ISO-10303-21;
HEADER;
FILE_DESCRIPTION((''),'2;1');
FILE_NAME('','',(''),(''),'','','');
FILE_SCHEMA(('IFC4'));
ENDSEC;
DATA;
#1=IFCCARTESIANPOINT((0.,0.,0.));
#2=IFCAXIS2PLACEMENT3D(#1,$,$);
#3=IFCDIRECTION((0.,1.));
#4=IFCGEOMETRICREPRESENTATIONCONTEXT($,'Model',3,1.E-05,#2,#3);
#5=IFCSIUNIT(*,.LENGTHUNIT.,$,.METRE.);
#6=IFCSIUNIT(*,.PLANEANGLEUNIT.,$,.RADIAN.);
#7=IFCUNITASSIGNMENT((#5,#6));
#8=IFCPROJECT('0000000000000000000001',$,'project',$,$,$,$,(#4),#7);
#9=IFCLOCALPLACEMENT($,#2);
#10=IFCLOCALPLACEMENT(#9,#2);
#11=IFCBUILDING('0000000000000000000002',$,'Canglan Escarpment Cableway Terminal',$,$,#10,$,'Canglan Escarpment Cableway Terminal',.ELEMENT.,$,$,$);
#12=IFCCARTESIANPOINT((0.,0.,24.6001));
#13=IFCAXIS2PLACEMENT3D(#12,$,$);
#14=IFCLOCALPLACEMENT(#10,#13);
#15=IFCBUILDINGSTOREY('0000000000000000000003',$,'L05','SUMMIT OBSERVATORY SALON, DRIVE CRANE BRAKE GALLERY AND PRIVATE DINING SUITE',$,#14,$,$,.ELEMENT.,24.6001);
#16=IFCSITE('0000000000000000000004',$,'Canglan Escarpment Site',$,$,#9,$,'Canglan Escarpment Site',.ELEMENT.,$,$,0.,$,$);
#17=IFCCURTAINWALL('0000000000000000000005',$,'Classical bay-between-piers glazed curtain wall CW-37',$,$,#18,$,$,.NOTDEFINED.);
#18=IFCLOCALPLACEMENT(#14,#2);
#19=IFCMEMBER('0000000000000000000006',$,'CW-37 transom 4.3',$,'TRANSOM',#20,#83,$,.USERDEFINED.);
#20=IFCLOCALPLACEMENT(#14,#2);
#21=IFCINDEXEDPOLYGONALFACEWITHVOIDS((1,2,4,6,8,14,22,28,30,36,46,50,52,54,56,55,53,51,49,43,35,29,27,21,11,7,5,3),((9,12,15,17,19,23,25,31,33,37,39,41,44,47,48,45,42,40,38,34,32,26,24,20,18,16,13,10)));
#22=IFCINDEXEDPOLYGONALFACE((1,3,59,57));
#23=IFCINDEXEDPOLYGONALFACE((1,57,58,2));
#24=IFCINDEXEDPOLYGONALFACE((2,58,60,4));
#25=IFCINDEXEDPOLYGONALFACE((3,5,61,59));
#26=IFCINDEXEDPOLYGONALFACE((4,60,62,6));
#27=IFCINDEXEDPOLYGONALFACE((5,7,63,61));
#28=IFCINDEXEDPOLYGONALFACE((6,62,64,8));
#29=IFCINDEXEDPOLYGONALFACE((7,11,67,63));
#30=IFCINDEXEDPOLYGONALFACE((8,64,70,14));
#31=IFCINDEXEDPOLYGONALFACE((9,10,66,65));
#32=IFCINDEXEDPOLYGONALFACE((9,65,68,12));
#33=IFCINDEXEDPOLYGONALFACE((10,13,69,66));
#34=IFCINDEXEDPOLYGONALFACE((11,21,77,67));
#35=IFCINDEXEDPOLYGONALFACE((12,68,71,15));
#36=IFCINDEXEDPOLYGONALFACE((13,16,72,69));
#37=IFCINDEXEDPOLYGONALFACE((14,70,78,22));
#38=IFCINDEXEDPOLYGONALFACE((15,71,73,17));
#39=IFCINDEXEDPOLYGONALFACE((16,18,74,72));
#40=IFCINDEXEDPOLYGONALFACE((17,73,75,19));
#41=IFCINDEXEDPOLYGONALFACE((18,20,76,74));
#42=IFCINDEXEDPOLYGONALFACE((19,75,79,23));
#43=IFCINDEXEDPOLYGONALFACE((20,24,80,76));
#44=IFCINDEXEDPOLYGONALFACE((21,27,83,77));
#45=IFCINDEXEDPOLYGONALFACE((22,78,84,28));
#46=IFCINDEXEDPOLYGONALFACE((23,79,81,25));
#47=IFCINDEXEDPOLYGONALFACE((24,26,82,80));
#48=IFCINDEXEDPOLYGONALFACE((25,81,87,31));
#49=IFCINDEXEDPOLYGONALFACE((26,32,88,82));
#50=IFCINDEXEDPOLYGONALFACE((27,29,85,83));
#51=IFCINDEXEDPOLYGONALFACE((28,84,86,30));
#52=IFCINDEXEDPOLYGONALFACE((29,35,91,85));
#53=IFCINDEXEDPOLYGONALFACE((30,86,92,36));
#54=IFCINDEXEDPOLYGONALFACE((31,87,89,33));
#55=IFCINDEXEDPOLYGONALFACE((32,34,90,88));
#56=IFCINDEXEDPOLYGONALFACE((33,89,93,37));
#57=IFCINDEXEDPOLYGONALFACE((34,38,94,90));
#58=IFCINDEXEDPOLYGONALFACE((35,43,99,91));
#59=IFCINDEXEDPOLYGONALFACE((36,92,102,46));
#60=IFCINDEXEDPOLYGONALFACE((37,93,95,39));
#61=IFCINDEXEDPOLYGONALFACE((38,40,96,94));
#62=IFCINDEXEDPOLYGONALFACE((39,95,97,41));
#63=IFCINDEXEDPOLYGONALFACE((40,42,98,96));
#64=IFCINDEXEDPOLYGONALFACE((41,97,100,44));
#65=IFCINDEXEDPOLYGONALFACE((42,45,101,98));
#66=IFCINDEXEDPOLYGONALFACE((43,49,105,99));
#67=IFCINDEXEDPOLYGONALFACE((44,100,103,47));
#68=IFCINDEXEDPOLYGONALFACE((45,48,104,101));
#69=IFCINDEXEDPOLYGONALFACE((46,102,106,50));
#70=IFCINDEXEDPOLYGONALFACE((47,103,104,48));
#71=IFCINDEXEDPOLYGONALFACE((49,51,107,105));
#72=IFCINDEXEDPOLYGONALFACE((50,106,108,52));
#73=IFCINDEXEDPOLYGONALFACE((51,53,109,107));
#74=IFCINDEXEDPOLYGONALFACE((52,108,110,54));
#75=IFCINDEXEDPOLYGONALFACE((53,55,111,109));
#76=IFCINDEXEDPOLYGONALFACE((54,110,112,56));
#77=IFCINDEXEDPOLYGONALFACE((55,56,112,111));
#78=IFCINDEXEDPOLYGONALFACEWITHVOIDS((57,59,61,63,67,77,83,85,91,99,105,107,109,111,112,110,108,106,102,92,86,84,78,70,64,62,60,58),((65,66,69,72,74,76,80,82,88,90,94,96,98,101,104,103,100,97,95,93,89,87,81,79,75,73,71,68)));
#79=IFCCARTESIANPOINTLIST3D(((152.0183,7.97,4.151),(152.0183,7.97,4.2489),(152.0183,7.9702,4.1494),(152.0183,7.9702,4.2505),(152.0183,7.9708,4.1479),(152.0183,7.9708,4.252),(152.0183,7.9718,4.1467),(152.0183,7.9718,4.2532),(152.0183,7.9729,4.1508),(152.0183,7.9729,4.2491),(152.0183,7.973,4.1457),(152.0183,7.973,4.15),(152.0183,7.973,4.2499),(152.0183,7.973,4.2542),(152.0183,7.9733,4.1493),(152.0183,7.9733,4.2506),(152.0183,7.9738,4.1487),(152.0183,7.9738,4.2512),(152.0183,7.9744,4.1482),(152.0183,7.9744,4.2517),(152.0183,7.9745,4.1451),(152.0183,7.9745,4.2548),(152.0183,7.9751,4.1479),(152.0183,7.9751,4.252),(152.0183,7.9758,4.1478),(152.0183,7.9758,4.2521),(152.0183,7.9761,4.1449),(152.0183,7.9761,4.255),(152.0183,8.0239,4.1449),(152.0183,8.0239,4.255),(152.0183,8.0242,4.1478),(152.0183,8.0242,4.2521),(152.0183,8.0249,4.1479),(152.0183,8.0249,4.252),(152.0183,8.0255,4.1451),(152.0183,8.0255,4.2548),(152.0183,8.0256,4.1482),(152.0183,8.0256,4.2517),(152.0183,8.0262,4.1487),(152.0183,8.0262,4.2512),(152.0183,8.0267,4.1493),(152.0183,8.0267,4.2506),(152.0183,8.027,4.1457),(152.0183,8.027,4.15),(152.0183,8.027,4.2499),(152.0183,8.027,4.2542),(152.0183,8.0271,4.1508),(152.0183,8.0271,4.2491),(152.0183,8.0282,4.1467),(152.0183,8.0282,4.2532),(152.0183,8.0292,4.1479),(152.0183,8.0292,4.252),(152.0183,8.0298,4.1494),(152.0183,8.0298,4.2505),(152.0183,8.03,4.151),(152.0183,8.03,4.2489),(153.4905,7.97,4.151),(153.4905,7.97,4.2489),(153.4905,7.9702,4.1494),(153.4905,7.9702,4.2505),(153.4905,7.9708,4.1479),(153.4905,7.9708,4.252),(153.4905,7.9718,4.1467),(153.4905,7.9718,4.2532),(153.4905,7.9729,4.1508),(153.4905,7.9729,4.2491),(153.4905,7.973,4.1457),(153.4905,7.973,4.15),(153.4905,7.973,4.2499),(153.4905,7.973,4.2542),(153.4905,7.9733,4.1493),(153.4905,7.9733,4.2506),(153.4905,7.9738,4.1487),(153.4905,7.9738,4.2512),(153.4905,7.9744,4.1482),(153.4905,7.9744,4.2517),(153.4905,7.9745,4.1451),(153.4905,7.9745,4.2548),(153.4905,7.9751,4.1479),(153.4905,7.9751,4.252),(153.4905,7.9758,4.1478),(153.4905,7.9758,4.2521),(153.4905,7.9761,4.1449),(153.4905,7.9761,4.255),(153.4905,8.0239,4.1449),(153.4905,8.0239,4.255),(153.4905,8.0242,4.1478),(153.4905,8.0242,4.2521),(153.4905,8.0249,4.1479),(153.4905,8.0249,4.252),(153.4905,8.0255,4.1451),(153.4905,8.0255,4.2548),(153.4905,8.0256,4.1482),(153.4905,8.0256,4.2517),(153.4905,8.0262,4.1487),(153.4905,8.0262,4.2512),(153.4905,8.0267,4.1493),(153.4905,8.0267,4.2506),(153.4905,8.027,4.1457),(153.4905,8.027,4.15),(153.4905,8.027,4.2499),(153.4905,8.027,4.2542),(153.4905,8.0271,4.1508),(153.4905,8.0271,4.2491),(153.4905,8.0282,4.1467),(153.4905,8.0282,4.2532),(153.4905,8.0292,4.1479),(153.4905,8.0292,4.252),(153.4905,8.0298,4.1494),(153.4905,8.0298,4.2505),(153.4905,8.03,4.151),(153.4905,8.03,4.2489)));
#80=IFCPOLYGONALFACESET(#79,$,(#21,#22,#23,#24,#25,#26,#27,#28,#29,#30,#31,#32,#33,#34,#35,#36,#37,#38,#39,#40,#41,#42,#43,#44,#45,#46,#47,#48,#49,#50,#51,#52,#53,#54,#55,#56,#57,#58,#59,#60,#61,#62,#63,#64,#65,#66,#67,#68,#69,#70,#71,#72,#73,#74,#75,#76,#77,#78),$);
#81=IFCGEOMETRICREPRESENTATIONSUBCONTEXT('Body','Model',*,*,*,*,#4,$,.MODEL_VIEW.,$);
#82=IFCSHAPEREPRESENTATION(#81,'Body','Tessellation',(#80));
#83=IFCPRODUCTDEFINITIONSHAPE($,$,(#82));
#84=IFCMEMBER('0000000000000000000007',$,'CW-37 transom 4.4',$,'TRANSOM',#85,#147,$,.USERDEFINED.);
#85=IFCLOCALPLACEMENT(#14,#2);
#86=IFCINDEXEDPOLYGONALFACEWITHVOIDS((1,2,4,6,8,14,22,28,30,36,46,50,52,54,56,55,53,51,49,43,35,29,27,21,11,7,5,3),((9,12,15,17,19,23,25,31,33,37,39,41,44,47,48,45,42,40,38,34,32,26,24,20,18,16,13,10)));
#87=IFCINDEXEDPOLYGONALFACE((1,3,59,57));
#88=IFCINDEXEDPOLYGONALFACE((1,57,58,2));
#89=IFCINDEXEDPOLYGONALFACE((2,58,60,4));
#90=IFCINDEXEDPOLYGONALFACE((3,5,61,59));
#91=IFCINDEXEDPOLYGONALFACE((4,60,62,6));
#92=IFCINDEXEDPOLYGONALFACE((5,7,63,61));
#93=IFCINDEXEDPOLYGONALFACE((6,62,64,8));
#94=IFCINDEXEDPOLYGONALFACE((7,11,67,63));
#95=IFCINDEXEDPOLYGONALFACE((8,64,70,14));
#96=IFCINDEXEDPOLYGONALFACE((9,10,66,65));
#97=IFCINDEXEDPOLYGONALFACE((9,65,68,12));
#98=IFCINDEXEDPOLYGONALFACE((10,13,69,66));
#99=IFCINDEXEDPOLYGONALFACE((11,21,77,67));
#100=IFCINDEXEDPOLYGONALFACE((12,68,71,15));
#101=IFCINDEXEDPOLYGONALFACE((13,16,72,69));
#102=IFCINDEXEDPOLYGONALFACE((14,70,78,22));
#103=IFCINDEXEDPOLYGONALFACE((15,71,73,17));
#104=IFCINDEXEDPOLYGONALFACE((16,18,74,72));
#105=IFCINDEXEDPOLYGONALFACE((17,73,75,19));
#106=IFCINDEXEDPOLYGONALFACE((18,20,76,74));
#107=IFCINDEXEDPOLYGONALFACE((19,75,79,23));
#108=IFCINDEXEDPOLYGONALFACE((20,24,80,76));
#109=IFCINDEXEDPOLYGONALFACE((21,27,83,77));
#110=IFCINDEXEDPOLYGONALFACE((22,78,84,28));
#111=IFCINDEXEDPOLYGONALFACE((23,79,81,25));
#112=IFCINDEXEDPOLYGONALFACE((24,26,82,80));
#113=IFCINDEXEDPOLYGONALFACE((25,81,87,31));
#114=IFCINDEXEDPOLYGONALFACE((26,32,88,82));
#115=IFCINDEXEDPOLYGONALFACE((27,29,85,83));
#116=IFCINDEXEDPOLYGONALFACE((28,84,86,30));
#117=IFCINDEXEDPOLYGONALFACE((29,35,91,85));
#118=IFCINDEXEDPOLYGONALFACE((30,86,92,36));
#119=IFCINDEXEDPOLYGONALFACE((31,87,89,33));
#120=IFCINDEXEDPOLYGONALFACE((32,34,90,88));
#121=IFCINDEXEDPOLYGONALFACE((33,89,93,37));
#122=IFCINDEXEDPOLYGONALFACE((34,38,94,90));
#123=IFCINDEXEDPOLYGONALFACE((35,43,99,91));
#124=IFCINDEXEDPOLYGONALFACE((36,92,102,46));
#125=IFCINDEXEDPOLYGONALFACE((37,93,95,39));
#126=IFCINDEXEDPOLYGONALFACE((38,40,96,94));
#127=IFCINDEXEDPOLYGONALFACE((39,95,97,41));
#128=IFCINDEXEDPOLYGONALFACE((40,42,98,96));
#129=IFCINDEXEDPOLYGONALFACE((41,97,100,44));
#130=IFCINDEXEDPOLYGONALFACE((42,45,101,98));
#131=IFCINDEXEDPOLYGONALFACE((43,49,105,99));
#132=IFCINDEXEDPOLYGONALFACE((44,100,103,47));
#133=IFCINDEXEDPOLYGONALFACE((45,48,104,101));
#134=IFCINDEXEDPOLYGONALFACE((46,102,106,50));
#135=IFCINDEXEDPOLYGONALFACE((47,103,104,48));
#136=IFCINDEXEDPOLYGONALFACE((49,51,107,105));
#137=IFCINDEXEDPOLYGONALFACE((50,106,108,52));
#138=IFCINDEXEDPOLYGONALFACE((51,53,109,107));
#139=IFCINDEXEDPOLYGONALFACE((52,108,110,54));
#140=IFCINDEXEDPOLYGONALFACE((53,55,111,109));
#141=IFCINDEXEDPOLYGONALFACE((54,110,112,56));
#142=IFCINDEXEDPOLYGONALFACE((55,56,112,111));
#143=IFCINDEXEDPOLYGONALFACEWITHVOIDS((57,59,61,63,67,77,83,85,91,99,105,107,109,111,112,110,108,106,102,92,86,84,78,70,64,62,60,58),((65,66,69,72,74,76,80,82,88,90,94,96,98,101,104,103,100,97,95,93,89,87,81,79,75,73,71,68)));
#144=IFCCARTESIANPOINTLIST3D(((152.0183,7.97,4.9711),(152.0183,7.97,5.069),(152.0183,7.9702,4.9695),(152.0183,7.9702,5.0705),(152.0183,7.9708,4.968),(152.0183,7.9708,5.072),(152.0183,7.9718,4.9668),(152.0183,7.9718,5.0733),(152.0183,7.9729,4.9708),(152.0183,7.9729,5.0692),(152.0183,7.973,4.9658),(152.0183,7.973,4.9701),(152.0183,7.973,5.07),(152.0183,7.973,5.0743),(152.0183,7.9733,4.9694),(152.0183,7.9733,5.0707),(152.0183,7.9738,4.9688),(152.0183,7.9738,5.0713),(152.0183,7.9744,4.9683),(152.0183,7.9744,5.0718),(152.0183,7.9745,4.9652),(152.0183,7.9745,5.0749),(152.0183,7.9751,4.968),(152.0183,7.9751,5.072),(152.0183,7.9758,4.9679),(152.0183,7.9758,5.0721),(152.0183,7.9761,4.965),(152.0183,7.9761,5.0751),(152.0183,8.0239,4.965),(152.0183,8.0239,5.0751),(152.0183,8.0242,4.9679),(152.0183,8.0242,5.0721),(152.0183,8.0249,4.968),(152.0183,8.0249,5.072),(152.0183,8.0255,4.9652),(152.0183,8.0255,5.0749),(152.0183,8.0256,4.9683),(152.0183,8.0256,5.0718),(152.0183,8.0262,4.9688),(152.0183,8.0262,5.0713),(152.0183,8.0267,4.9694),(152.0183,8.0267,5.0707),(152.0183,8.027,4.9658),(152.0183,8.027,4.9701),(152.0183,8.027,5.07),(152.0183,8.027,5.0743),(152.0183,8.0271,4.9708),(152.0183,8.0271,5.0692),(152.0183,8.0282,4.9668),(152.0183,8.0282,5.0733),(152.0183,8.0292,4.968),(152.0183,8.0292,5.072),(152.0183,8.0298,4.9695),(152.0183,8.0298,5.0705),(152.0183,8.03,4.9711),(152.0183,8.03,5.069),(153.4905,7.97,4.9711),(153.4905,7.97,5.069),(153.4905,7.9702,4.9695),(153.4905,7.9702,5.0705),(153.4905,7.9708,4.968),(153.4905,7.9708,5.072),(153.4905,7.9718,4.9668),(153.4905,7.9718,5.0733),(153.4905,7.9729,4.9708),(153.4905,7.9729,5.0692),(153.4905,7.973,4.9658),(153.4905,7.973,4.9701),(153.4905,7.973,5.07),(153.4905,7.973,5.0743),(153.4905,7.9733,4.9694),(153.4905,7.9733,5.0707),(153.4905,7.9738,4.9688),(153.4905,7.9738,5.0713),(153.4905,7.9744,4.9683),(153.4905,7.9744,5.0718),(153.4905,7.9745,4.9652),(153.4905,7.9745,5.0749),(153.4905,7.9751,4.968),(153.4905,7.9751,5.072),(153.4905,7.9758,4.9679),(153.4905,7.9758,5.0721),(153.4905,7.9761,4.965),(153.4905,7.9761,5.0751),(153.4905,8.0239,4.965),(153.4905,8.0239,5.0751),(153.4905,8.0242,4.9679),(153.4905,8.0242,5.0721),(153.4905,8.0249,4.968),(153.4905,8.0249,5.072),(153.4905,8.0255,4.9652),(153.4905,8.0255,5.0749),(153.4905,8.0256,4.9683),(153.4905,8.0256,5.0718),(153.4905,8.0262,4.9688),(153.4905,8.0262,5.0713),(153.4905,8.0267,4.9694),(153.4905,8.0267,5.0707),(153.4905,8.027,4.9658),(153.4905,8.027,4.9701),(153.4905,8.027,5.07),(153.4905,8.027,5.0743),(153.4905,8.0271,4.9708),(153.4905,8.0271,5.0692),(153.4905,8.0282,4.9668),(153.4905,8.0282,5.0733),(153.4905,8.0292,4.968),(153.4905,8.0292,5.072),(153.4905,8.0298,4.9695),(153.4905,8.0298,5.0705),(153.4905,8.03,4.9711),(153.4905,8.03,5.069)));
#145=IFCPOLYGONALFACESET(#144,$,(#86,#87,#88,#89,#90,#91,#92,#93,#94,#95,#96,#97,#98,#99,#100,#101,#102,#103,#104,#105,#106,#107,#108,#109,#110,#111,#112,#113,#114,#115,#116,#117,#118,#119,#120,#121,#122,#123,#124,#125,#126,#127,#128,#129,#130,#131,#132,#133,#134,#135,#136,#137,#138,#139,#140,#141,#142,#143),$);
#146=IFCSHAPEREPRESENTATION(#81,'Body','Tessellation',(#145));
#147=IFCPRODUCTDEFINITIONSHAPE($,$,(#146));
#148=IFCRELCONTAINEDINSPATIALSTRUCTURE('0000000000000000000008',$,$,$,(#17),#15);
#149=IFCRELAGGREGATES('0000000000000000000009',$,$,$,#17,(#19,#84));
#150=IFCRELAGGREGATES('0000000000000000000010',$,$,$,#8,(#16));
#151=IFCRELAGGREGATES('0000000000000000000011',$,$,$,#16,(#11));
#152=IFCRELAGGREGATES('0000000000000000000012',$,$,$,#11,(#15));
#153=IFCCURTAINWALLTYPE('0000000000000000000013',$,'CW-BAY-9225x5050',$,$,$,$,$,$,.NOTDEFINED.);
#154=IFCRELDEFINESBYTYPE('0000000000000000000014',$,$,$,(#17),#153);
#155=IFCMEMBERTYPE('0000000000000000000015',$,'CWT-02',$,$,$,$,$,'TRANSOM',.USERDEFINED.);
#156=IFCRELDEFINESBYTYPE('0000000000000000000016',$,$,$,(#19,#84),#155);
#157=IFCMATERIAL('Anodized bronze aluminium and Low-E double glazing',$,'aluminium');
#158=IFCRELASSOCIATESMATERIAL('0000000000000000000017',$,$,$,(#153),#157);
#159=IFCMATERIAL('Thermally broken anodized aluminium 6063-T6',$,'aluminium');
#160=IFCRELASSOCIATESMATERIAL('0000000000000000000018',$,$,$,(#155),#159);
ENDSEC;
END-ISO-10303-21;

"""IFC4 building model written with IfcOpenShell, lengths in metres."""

from ifc_helpers import new_model, si_unit, direction, frame, origin, origin_2d, place, context, subcontext, project, spatial, hollow_rectangle, extrude, material, material_profile, profile_set, type_object, element, aggregate, save


model = new_model("IFC4")

# Units and contexts
model_context = context("Model", 3, precision=1e-05, world=origin(), true_north=direction((0.0, 1.0)))
body_context = subcontext(model_context, "Body", "Model", "MODEL_VIEW")
ifc_project = project(units=[si_unit("LENGTHUNIT", "METRE"), si_unit("PLANEANGLEUNIT", "RADIAN")], contexts=[model_context])

# Site, building, storey
site_placement = place(None, origin())
site = spatial("IfcSite", under=ifc_project, at=site_placement, Name="Canglan Escarpment Site", LongName="Canglan Escarpment Site", CompositionType="ELEMENT", RefElevation=0.0)
building_placement = place(site_placement, origin())
building = spatial("IfcBuilding", under=site, at=building_placement, Name="Canglan Escarpment Cableway Terminal", LongName="Canglan Escarpment Cableway Terminal", CompositionType="ELEMENT")
storey_placement = place(building_placement, frame((0.0, 0.0, 24.6001)))
storey = spatial("IfcBuildingStorey", under=building, at=storey_placement, Name="L05", Description="SUMMIT OBSERVATORY SALON, DRIVE CRANE BRAKE GALLERY AND PRIVATE DINING SUITE", CompositionType="ELEMENT", Elevation=24.6001)

# Curtain wall, members
ifc_material_1 = material(Name="Anodized bronze aluminium and Low-E double glazing", Category="aluminium")
curtain_wall_type = type_object("IfcCurtainWallType", Name="CW-BAY-9225x5050", PredefinedType="NOTDEFINED", material=ifc_material_1)
curtain_wall_placement = place(storey_placement, origin())
curtain_wall = element("IfcCurtainWall", 1, at=curtain_wall_placement, inside=storey, type_object=curtain_wall_type, Name="Classical bay-between-piers glazed curtain wall CW-37", PredefinedType="NOTDEFINED")
ifc_material_2 = material(Name="Thermally broken anodized aluminium 6063-T6", Category="aluminium")
ifc_material_profile_1 = material_profile(ifc_material_2, hollow_rectangle(XDim=0.0601, YDim=0.1101, WallThickness=0.0029, InnerFilletRadius=0.0029, OuterFilletRadius=0.0061, at=origin_2d()), Name="ALU-TRAN 60x110x3")
ifc_profile_set_1 = profile_set([ifc_material_profile_1], Name="Thermally broken anodized aluminium 6063-T6")
member_type_1 = type_object("IfcMemberType", Name="CWT-02", ElementType="TRANSOM", PredefinedType="USERDEFINED", material=ifc_profile_set_1)
member_1_placement = place(storey_placement, frame((152.0183, 8.0, 4.2), z_axis=(1.0, 0.0, 0.0), x_axis=(0.0, 1.0, 0.0)))
member_1 = element("IfcMember", 2, at=member_1_placement, type_object=member_type_1, Name="CW-37 transom 4.3", ObjectType="TRANSOM", PredefinedType="USERDEFINED", context=body_context, shape_type="SweptSolid", body=[
    extrude(hollow_rectangle(XDim=0.0601, YDim=0.1101, WallThickness=0.0029, InnerFilletRadius=0.0029, OuterFilletRadius=0.0061, at=origin_2d()), origin(), (0.0, 0.0, 1.0), 1.4722),
])
member_2_placement = place(storey_placement, frame((152.0183, 8.0, 5.02), z_axis=(1.0, 0.0, 0.0), x_axis=(0.0, 1.0, 0.0)))
member_2 = element("IfcMember", 3, at=member_2_placement, type_object=member_type_1, Name="CW-37 transom 4.4", ObjectType="TRANSOM", PredefinedType="USERDEFINED", context=body_context, shape_type="SweptSolid", body=[
    extrude(hollow_rectangle(XDim=0.0601, YDim=0.1101, WallThickness=0.0029, InnerFilletRadius=0.0029, OuterFilletRadius=0.0061, at=origin_2d()), origin(), (0.0, 0.0, 1.0), 1.4722),
])

aggregate(curtain_wall, [member_1, member_2])

save(model, "model.ifc")
